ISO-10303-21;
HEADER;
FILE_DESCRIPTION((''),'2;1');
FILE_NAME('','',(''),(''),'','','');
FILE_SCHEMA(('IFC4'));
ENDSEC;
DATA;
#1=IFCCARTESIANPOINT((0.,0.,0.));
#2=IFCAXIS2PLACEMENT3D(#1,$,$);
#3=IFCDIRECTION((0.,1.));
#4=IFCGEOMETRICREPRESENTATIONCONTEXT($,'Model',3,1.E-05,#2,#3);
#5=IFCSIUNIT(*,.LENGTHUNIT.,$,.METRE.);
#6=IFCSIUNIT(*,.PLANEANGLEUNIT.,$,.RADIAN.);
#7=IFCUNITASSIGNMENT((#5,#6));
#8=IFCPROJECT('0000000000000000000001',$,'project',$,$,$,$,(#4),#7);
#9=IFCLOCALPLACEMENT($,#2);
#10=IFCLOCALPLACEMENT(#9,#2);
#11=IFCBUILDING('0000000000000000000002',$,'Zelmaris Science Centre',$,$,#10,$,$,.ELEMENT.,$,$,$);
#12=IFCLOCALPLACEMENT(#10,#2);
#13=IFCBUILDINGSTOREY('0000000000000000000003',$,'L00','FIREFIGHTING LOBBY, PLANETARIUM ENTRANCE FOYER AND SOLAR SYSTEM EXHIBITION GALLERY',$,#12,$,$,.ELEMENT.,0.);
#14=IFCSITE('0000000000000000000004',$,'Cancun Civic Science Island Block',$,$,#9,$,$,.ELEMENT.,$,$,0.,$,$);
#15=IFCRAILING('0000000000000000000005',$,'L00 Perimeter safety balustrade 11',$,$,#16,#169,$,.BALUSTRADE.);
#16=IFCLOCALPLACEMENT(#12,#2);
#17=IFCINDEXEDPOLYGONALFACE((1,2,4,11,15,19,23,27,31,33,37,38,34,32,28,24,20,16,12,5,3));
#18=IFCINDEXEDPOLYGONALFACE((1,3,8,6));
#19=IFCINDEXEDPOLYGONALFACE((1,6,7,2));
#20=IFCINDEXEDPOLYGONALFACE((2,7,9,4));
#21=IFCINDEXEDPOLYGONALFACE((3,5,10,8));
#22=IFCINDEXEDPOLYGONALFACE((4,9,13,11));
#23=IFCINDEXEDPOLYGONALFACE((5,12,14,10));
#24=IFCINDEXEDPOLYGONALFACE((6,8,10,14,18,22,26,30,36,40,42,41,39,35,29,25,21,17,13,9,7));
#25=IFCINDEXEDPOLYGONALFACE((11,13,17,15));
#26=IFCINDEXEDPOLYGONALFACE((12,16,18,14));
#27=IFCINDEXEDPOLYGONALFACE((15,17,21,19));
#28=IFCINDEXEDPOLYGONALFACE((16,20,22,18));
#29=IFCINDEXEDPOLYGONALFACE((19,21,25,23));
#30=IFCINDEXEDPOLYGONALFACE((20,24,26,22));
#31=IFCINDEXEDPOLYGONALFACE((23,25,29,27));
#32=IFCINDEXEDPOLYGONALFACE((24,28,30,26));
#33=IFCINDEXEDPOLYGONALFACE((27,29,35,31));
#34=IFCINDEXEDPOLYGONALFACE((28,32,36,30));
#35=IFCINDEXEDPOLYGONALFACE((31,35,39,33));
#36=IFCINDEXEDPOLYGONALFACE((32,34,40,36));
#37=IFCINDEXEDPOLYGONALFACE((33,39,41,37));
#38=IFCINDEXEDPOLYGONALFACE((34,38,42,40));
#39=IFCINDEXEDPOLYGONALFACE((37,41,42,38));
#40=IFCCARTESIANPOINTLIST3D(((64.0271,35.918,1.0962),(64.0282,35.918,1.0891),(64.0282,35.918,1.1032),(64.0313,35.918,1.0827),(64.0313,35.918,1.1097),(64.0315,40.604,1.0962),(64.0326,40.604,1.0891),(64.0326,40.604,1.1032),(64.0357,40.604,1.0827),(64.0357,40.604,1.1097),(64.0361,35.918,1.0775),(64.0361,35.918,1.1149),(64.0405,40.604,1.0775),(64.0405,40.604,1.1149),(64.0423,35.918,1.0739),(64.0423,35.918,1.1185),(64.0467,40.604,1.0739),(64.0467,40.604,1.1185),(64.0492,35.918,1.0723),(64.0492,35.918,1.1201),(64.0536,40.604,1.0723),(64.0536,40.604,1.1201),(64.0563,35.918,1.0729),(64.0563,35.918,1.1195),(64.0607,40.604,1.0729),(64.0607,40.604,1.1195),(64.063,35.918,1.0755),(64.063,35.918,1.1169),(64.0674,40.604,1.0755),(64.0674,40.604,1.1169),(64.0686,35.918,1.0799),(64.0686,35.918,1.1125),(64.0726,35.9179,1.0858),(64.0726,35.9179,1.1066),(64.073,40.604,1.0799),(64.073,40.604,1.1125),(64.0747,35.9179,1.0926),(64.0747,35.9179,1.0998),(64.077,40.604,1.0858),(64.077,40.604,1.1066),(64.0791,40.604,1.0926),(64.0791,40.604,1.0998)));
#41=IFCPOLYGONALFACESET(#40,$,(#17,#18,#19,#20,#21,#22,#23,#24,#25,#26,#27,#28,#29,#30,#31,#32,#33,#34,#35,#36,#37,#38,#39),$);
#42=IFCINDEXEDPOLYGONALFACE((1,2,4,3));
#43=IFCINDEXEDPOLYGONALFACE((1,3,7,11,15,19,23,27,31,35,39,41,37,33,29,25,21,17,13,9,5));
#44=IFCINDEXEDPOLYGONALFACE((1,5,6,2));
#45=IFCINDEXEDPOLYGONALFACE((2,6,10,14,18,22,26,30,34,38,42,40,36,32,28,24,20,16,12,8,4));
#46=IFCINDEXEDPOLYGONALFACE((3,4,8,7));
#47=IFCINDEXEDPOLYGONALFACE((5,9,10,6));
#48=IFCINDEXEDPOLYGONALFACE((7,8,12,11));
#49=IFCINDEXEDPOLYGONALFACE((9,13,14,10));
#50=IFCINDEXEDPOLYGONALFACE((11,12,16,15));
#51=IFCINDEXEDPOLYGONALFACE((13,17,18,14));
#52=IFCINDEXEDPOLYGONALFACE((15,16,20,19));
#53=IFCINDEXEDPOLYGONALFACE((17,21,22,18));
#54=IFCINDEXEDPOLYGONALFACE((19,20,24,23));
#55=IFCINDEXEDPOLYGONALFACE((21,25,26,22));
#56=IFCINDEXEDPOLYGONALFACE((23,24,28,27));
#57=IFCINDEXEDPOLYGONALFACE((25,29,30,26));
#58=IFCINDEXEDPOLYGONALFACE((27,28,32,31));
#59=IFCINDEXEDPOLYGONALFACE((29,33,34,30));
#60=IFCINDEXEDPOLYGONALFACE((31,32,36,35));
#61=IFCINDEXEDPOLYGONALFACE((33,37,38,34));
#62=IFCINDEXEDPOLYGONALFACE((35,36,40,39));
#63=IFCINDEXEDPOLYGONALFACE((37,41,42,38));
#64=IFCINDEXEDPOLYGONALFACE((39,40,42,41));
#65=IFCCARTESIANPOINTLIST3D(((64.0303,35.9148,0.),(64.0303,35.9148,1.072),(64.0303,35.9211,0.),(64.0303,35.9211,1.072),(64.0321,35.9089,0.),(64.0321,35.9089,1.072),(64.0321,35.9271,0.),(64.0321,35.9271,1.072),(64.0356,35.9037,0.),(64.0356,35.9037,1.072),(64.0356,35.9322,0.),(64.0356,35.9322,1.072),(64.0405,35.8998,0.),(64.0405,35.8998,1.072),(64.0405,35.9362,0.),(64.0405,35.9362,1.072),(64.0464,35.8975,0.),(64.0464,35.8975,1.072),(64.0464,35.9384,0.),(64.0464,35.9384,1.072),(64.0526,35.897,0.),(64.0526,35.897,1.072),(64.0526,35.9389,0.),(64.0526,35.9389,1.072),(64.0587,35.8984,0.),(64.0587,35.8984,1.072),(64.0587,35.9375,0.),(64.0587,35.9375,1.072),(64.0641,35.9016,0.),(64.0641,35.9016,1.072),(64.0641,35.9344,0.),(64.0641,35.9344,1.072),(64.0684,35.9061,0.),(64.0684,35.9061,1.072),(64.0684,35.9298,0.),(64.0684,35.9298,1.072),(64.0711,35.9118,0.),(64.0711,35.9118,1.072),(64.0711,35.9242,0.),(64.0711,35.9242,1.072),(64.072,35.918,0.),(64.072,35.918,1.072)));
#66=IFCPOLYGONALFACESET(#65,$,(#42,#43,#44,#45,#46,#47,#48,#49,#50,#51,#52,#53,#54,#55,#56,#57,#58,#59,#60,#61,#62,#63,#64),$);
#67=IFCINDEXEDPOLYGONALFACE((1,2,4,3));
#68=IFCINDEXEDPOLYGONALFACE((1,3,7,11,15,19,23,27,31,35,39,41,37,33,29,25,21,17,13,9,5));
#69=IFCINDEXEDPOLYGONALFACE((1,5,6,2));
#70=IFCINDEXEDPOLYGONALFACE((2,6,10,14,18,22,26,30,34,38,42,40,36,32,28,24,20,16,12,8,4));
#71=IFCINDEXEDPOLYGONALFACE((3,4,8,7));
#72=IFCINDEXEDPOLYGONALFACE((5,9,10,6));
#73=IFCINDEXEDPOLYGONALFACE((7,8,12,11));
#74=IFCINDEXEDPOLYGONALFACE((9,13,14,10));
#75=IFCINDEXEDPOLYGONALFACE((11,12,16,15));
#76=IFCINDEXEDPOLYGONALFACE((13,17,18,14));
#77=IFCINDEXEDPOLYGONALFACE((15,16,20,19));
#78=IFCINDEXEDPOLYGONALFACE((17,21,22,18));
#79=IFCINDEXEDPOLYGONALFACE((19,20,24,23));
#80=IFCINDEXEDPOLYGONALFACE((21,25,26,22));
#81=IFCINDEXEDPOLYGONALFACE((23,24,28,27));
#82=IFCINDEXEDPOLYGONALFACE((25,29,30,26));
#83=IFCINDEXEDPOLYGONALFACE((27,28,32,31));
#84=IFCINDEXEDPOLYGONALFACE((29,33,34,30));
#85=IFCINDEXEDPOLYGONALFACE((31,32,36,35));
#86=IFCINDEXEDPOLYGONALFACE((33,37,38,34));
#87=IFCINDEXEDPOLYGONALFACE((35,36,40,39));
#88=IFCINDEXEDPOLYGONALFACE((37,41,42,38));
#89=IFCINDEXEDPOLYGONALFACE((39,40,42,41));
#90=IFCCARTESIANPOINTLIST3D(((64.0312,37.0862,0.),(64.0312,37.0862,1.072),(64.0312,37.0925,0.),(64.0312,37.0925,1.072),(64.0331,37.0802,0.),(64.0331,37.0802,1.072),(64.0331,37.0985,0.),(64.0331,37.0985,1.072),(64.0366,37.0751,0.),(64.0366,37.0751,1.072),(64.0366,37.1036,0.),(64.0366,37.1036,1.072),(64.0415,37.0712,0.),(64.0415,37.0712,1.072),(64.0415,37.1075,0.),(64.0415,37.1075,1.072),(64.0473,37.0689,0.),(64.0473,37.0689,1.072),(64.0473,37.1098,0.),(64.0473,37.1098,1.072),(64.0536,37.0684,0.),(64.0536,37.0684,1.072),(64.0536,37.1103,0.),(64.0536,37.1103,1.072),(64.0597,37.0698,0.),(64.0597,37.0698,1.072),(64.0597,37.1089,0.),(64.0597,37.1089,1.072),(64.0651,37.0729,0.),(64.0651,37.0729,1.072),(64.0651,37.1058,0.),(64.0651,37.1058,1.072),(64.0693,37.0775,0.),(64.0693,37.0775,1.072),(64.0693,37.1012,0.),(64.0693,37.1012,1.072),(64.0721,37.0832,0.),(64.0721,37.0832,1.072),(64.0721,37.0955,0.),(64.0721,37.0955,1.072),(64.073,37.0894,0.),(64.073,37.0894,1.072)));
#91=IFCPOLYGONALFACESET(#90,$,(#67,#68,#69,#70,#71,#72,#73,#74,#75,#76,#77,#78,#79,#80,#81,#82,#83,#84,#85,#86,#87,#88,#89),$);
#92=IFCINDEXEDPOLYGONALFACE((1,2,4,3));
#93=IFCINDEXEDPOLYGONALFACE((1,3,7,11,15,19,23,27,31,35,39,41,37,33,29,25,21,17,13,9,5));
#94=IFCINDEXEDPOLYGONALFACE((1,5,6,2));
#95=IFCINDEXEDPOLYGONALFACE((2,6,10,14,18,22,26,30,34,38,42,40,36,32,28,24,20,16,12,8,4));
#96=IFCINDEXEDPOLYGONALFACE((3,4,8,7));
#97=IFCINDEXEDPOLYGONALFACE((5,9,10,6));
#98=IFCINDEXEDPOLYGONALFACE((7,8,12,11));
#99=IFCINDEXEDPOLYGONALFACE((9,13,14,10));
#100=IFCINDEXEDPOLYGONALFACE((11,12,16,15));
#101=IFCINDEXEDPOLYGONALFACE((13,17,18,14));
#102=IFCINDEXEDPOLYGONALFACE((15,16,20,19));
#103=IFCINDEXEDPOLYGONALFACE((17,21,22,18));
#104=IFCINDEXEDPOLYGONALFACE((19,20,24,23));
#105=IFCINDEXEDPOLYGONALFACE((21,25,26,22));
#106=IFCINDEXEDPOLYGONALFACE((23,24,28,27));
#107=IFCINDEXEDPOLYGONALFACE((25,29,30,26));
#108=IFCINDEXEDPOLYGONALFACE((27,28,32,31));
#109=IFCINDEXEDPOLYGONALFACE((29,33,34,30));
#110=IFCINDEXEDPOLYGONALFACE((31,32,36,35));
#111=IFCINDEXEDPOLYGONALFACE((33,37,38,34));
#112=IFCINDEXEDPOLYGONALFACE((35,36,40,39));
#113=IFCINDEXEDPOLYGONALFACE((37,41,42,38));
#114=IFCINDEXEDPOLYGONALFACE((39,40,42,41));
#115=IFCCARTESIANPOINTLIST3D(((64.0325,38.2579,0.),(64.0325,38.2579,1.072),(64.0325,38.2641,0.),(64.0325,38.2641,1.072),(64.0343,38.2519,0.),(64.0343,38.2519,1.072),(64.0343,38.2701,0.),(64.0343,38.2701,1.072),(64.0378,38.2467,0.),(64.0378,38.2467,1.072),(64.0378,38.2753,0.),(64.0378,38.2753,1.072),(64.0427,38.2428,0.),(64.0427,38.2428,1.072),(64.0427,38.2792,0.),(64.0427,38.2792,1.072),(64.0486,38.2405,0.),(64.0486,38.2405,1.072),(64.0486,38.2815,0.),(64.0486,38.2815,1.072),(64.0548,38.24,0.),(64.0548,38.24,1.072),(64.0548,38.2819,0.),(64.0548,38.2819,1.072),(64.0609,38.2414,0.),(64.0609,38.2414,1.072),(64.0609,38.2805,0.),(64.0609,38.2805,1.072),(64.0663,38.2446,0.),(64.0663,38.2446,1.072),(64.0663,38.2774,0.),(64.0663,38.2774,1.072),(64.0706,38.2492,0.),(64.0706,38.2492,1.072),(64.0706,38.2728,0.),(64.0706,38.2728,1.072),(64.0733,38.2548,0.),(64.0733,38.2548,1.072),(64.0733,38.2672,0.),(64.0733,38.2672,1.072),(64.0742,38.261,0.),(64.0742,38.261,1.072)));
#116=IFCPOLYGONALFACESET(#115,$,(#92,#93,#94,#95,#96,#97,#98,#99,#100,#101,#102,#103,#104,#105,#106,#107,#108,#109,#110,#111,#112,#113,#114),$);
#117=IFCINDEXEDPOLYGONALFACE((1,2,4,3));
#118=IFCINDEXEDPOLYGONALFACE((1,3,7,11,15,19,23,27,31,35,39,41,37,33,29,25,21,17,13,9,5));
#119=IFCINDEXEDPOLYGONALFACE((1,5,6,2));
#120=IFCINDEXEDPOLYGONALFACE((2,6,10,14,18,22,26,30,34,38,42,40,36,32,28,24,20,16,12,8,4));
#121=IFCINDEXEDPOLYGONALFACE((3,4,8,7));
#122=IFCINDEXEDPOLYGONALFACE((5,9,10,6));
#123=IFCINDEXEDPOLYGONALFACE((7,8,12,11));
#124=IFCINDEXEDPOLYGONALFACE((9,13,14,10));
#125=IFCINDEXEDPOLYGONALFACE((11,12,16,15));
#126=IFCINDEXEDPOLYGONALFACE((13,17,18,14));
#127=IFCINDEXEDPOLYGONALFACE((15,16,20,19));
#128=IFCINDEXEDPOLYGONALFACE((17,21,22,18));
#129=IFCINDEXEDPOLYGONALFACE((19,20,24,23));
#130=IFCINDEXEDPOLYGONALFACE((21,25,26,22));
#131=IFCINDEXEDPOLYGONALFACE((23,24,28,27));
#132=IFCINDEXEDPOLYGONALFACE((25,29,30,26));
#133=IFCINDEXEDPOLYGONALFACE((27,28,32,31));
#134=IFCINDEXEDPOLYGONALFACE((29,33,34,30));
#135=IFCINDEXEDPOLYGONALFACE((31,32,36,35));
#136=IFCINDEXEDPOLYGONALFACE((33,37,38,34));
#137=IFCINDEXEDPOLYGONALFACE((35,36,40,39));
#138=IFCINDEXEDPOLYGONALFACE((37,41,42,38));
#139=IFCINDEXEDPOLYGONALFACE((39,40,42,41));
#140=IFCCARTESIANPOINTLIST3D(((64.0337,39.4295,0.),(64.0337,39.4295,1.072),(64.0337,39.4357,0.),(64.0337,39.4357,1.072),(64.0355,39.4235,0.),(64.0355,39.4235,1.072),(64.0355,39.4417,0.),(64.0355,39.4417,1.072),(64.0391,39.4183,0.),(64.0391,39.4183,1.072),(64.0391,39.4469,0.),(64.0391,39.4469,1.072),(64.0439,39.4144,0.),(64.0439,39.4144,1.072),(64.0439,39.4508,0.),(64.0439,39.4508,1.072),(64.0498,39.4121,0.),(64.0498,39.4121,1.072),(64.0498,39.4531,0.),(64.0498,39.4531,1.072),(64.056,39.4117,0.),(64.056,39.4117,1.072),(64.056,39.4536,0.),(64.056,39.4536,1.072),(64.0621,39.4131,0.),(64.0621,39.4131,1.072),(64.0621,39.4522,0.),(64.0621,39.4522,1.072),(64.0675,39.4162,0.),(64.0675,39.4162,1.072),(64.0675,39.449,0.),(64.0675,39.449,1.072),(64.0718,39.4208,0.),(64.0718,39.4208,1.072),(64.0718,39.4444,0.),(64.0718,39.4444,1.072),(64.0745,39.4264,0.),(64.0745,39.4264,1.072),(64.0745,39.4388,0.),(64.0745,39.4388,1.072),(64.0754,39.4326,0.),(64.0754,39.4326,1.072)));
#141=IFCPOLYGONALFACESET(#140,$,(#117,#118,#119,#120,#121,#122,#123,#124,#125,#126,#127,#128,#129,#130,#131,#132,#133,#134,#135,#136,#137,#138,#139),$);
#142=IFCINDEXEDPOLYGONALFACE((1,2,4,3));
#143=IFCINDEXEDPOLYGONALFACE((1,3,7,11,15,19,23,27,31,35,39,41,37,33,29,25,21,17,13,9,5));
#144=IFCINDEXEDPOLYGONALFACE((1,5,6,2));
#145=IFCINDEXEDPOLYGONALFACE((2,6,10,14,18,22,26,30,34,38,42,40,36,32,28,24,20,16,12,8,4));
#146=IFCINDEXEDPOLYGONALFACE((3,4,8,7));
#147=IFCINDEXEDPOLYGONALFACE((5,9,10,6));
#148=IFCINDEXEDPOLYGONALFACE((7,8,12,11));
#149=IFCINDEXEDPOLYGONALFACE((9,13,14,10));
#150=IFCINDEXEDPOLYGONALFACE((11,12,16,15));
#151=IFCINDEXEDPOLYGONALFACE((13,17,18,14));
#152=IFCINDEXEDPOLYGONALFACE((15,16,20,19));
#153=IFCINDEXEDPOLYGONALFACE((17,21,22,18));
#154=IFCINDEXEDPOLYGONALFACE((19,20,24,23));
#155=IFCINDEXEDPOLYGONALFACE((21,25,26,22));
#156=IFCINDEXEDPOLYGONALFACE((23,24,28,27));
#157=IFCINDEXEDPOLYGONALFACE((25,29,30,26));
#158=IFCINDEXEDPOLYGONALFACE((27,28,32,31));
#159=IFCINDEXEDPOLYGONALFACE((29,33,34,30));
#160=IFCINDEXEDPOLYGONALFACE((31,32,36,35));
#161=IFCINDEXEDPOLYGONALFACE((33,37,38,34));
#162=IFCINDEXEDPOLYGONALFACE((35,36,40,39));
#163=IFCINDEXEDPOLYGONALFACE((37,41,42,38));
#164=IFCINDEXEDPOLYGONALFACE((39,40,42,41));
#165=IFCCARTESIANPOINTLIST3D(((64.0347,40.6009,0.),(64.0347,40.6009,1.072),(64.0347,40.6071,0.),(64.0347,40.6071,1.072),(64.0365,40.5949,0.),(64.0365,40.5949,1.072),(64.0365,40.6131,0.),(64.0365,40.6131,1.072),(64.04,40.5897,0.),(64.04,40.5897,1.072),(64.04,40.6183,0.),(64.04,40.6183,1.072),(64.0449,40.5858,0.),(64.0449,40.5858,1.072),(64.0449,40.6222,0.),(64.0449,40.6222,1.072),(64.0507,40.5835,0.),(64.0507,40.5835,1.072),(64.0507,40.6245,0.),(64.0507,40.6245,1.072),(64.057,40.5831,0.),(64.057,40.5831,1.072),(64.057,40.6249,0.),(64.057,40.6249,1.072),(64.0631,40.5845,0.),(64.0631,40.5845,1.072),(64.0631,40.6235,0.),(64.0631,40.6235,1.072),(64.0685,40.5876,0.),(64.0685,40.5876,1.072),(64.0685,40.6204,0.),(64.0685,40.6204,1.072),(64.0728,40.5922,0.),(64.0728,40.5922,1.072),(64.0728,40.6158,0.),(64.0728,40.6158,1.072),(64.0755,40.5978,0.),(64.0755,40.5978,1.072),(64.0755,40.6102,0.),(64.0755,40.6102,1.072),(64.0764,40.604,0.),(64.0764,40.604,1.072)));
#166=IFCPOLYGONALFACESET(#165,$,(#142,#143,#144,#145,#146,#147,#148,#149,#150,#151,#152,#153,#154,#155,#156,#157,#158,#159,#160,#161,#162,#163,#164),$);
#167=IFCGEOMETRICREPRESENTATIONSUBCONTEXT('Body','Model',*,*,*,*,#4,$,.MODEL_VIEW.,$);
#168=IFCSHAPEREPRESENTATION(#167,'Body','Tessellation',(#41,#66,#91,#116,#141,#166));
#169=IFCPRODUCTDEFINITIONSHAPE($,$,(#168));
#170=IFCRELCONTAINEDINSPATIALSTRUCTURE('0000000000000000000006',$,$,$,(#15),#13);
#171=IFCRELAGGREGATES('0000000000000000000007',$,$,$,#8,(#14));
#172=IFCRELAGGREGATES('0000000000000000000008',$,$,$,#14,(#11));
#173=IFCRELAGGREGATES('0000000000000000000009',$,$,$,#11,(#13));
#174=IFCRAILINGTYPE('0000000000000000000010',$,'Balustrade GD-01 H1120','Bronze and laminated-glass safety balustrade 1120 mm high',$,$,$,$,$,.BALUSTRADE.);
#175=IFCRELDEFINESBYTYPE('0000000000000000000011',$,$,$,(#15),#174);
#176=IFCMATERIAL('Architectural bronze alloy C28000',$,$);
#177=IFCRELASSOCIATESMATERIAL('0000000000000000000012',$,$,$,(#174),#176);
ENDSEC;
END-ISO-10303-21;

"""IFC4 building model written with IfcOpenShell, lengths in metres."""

from ifc_helpers import new_model, si_unit, direction, frame, origin, origin_2d, place, context, subcontext, project, spatial, circle, extrude, material, type_object, element, save


model = new_model("IFC4")

# Units and contexts
model_context = context("Model", 3, precision=1e-05, world=origin(), true_north=direction((0.0, 1.0)))
body_context = subcontext(model_context, "Body", "Model", "MODEL_VIEW")
ifc_project = project(units=[si_unit("LENGTHUNIT", "METRE"), si_unit("PLANEANGLEUNIT", "RADIAN")], contexts=[model_context])

# Site, building, storey
site_placement = place(None, origin())
site = spatial("IfcSite", under=ifc_project, at=site_placement, Name="Cancun Civic Science Island Block", CompositionType="ELEMENT", RefElevation=0.0)
building_placement = place(site_placement, origin())
building = spatial("IfcBuilding", under=site, at=building_placement, Name="Zelmaris Science Centre", CompositionType="ELEMENT")
storey_placement = place(building_placement, origin())
storey = spatial("IfcBuildingStorey", under=building, at=storey_placement, Name="L00", Description="FIREFIGHTING LOBBY, PLANETARIUM ENTRANCE FOYER AND SOLAR SYSTEM EXHIBITION GALLERY", CompositionType="ELEMENT", Elevation=0.0)

# Railing
ifc_material_1 = material(Name="Architectural bronze alloy C28000")
railing_type = type_object("IfcRailingType", Name="Balustrade GD-01 H1120", Description="Bronze and laminated-glass safety balustrade 1120 mm high", PredefinedType="BALUSTRADE", material=ifc_material_1)
railing_1_placement = place(storey_placement, frame((64.051, 35.918, 0.0)))
element("IfcRailing", 1, at=railing_1_placement, inside=storey, type_object=railing_type, Name="L00 Perimeter safety balustrade 11", PredefinedType="BALUSTRADE", context=body_context, shape_type="SweptSolid", body=[
    extrude(circle(Radius=0.0239, at=origin_2d()), frame((0.0, 0.0, 1.0962), z_axis=(0.000938, 1.0, 0.0), x_axis=(-1.0, 0.000938, 0.0)), (0.0, 0.0, 1.0), 4.686),
    extrude(circle(Radius=0.021, at=origin_2d()), origin(), (0.0, 0.0, 1.0), 1.072),
    extrude(circle(Radius=0.021, at=origin_2d()), frame((0.001, 1.1714, 0.0)), (0.0, 0.0, 1.0), 1.072),
    extrude(circle(Radius=0.021, at=origin_2d()), frame((0.0022, 2.343, 0.0)), (0.0, 0.0, 1.0), 1.072),
    extrude(circle(Radius=0.021, at=origin_2d()), frame((0.0034, 3.5146, 0.0)), (0.0, 0.0, 1.0), 1.072),
    extrude(circle(Radius=0.021, at=origin_2d()), frame((0.0044, 4.686, 0.0)), (0.0, 0.0, 1.0), 1.072),
])

save(model, "model.ifc")
